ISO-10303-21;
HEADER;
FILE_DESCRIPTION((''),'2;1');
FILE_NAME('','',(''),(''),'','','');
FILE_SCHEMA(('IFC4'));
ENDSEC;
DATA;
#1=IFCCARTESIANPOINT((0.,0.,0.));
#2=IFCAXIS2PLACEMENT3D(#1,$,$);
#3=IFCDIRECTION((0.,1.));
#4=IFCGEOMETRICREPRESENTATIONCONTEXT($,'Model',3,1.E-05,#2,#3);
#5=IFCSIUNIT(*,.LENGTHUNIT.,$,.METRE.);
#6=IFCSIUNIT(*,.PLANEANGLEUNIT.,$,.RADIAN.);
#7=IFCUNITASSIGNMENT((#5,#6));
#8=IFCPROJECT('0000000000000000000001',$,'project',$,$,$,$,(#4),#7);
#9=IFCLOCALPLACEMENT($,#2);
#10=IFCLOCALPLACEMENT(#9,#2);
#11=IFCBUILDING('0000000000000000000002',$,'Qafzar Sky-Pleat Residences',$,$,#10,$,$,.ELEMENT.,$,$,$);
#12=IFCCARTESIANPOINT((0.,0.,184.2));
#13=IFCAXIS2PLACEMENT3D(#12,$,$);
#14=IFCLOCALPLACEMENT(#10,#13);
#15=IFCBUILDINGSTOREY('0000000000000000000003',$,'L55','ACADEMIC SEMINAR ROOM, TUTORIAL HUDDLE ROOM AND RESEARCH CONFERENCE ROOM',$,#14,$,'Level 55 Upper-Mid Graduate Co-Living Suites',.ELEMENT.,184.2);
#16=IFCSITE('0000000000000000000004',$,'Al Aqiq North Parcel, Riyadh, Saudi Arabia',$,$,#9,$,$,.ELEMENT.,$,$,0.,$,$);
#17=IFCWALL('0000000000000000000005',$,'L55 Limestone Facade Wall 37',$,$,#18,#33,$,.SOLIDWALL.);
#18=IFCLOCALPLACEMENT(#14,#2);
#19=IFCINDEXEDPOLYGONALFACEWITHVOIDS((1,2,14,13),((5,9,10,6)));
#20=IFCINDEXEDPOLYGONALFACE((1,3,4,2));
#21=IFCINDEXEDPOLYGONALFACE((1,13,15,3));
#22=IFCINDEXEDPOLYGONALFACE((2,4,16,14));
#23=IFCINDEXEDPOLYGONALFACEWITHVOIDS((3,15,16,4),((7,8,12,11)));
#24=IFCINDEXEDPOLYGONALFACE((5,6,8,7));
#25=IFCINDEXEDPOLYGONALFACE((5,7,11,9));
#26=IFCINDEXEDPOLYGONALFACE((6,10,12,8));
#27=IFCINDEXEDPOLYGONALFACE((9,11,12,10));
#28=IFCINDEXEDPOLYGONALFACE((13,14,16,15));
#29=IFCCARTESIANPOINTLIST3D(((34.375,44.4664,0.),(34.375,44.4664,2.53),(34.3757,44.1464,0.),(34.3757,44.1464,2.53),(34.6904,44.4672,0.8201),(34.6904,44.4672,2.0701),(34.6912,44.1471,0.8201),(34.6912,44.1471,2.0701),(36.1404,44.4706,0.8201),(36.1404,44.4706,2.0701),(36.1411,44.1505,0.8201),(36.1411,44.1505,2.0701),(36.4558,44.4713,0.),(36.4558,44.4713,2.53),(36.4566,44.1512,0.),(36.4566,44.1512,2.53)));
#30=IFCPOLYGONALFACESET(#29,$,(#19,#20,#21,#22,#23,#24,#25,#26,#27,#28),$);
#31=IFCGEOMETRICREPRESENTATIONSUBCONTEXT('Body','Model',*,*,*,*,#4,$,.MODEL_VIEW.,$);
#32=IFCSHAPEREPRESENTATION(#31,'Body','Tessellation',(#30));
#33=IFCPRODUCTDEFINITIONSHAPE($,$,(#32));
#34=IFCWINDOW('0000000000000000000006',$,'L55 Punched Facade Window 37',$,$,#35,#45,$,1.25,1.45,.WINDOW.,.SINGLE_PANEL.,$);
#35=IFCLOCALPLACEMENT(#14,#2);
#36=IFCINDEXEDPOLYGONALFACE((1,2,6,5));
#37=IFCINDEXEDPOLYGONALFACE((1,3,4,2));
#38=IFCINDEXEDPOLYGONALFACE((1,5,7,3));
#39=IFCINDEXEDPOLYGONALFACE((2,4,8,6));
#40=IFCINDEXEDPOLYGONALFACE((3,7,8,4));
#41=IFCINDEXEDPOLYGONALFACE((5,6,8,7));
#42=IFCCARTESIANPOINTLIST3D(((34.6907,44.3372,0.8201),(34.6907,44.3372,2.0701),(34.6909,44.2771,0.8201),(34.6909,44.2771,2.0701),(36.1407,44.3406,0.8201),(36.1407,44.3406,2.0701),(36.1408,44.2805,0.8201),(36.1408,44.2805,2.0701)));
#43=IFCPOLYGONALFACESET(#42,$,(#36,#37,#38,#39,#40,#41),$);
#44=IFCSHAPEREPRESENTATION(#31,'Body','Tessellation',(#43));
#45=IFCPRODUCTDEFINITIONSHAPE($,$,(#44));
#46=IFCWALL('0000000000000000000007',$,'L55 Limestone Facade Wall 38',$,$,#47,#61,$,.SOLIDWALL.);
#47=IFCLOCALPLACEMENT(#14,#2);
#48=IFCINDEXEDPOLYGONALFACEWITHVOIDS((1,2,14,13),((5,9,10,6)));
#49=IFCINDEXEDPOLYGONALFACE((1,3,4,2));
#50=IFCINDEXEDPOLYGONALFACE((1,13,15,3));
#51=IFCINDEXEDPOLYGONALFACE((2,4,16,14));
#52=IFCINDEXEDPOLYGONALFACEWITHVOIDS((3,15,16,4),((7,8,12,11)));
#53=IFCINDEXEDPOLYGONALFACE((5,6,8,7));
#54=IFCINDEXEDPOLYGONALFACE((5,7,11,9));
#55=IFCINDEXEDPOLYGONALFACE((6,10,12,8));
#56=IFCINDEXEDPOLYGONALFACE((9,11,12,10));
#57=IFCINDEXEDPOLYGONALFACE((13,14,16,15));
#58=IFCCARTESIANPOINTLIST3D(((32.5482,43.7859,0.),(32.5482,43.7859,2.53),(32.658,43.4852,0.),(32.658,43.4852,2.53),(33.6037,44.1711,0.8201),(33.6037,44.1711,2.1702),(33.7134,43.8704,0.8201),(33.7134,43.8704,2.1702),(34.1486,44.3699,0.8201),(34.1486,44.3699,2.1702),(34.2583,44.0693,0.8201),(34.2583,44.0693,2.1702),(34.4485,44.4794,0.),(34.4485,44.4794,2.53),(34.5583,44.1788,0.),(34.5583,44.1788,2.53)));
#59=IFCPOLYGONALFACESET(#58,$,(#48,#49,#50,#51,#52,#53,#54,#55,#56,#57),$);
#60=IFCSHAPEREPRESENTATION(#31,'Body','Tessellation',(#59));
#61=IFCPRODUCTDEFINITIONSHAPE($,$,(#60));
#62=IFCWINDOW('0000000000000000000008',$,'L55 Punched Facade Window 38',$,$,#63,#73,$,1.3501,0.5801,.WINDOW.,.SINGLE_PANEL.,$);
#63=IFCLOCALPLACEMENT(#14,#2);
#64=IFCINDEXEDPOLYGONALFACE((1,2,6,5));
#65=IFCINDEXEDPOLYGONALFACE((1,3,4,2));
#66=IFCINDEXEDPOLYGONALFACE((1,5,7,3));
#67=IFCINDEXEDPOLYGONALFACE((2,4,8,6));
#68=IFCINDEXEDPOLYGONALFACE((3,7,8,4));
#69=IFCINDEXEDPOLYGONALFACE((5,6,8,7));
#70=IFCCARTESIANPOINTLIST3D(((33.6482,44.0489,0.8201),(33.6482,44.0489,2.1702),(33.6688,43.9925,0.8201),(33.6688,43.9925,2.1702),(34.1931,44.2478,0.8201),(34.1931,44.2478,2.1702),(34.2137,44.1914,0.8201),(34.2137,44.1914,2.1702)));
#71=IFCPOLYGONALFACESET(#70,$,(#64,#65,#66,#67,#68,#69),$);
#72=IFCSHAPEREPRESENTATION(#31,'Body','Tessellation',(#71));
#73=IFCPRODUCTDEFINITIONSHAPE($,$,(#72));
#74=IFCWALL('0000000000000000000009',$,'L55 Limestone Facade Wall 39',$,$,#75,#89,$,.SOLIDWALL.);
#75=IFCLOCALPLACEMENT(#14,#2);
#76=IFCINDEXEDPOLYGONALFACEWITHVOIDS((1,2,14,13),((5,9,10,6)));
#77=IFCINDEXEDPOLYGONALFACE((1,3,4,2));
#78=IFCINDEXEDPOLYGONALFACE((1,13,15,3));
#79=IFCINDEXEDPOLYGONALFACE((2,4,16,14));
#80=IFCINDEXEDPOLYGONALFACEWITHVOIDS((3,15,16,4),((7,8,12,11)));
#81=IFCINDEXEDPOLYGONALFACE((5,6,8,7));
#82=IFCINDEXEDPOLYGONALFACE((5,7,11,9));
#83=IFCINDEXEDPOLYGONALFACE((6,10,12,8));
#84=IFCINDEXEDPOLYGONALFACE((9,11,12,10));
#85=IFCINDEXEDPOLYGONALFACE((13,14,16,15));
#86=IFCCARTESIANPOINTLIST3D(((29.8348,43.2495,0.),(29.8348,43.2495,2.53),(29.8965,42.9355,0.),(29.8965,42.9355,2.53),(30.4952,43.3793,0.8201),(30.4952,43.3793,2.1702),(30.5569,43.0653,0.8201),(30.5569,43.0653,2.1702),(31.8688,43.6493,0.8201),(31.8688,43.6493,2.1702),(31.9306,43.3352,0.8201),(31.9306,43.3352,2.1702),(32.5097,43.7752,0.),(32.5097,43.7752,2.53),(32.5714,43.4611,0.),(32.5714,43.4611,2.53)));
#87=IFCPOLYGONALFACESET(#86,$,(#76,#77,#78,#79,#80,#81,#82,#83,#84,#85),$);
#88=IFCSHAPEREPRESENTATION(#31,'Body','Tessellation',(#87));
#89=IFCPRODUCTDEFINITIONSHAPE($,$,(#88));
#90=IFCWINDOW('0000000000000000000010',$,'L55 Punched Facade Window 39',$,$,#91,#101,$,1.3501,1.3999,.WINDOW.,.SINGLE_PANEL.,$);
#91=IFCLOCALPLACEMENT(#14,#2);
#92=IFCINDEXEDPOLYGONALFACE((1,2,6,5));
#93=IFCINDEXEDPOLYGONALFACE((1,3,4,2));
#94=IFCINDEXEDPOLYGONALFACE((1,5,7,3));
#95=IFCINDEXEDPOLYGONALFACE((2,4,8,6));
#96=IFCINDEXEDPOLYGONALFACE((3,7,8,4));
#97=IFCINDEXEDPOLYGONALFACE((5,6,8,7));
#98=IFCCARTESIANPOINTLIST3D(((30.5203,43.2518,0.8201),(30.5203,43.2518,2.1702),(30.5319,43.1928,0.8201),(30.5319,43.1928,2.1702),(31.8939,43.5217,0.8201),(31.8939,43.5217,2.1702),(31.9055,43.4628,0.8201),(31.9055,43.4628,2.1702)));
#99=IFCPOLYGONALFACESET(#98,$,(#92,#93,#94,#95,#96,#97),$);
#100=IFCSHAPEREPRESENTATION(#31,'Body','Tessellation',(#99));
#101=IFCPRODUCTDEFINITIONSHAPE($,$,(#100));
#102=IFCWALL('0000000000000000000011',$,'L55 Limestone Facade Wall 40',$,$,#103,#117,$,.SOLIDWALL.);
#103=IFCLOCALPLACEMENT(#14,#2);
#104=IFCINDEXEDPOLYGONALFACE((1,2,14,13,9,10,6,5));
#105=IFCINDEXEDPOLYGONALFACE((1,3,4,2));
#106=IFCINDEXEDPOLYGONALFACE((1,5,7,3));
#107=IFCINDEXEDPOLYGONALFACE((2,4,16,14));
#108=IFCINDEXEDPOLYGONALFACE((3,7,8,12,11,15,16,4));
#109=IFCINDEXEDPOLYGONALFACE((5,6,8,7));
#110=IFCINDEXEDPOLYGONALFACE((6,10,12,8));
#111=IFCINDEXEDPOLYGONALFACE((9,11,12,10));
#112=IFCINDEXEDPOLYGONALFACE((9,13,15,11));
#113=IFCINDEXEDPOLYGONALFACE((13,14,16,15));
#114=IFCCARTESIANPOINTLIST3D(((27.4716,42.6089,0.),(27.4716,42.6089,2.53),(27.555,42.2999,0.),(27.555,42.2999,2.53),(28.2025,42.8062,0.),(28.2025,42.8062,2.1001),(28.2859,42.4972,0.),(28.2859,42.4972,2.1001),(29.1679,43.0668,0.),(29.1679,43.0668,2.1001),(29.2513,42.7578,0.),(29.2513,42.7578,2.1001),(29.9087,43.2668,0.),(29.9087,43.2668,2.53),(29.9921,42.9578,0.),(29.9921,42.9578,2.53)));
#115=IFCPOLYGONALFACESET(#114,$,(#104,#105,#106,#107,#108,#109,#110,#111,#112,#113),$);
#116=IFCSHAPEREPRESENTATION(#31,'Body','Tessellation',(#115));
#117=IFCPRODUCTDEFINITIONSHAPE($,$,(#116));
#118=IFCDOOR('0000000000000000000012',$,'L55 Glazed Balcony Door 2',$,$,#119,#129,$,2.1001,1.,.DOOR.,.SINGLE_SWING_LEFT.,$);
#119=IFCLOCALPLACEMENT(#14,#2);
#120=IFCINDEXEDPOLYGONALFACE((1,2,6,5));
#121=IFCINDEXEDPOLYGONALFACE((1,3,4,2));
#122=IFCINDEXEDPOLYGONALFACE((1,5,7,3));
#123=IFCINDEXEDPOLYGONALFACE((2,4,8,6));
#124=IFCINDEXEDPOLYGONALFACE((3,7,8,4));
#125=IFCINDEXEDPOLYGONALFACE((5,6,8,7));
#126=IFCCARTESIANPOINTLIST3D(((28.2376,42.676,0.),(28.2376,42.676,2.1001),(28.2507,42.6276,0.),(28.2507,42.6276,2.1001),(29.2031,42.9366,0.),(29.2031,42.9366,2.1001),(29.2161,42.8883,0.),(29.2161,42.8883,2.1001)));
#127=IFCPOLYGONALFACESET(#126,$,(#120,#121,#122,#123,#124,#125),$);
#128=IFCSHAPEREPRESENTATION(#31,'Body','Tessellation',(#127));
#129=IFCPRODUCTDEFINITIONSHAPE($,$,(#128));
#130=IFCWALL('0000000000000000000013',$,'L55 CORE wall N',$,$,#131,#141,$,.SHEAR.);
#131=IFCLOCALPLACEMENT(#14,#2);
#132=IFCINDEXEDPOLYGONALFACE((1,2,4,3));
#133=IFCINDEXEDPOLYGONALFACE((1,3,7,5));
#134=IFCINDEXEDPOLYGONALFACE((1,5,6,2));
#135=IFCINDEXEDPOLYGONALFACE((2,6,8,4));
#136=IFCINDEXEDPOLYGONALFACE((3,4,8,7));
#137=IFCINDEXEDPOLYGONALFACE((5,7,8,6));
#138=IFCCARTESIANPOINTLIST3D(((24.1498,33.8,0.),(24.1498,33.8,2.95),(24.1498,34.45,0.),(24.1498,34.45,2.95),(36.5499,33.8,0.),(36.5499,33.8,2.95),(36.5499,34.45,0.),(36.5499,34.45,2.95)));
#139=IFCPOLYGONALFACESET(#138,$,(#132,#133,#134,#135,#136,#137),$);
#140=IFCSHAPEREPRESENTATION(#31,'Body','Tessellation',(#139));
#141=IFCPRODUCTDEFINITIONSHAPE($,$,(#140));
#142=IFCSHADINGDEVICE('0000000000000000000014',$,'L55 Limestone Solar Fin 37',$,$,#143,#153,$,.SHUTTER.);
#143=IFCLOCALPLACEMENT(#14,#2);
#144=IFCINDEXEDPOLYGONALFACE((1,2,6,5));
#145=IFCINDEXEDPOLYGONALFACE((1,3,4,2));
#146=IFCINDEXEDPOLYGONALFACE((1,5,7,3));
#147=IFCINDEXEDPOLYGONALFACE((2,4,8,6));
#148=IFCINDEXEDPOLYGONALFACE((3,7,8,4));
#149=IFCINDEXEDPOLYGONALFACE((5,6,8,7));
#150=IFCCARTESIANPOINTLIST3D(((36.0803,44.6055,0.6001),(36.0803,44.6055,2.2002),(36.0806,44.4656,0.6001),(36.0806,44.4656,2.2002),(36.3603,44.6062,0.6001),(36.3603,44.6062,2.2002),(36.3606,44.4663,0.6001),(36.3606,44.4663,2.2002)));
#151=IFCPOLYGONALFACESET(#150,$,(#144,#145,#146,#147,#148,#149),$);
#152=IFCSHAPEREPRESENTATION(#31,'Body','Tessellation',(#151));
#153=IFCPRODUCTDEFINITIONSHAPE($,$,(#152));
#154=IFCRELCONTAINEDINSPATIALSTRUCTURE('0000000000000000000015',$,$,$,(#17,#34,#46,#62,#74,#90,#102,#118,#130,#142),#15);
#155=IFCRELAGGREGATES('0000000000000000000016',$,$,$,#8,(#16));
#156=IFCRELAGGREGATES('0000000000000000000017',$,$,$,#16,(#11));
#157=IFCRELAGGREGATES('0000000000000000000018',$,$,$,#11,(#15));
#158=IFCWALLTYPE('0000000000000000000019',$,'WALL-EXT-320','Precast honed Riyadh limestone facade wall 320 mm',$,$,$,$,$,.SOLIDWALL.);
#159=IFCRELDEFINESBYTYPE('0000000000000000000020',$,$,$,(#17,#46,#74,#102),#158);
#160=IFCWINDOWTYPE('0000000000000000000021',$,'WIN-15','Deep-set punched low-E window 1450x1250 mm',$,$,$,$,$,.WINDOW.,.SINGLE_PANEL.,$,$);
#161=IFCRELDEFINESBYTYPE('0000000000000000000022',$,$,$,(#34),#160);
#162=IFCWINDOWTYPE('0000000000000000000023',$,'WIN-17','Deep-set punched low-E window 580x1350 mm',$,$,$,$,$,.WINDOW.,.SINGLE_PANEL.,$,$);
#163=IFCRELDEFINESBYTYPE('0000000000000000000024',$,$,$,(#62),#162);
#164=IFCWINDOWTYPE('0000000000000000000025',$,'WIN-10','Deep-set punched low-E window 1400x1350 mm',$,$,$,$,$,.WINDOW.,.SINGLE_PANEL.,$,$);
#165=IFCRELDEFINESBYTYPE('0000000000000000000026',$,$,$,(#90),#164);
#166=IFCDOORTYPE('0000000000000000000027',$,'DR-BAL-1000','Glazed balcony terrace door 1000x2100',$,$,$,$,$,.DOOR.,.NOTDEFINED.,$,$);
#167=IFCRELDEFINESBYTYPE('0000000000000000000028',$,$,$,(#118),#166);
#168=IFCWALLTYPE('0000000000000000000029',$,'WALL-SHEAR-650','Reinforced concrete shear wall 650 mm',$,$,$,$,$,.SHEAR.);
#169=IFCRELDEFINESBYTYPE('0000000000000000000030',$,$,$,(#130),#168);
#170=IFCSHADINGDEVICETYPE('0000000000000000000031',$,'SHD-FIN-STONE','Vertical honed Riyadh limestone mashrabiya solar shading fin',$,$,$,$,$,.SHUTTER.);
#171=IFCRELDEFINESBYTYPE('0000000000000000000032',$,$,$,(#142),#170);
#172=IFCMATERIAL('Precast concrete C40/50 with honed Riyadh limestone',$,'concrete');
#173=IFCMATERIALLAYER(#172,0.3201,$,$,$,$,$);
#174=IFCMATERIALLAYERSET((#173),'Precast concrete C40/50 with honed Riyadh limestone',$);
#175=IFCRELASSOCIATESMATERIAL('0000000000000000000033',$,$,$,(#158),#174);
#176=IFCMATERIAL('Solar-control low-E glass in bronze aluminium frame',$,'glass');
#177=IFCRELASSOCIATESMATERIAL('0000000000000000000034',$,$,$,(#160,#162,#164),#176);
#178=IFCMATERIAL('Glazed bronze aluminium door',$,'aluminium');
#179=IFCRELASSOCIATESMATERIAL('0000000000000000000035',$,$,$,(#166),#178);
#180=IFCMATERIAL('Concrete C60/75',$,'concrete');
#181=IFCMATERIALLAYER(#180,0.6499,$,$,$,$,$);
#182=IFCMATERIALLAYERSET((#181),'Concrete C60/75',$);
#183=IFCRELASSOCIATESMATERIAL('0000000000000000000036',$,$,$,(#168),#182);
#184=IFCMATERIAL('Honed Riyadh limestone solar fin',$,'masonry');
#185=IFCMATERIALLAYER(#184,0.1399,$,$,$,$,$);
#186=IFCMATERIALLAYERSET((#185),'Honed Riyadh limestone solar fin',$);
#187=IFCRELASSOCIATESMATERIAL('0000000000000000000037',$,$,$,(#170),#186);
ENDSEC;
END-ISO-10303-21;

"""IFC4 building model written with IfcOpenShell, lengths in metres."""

from ifc_helpers import new_model, si_unit, direction, frame, frame_2d, origin, origin_2d, place, context, subcontext, project, spatial, rectangle, extrude, source, transform, mapped, material, layer, layer_set, type_object, element, fill, save


model = new_model("IFC4")

# Units and contexts
model_context = context("Model", 3, precision=1e-05, world=origin(), true_north=direction((0.0, 1.0)))
body_context = subcontext(model_context, "Body", "Model", "MODEL_VIEW")
ifc_project = project(units=[si_unit("LENGTHUNIT", "METRE"), si_unit("PLANEANGLEUNIT", "RADIAN")], contexts=[model_context])

# Site, building, storey
site_placement = place(None, origin())
site = spatial("IfcSite", under=ifc_project, at=site_placement, Name="Al Aqiq North Parcel, Riyadh, Saudi Arabia", CompositionType="ELEMENT", RefElevation=0.0)
building_placement = place(site_placement, origin())
building = spatial("IfcBuilding", under=site, at=building_placement, Name="Qafzar Sky-Pleat Residences", CompositionType="ELEMENT")
storey_placement = place(building_placement, frame((0.0, 0.0, 184.2)))
storey = spatial("IfcBuildingStorey", under=building, at=storey_placement, Name="L55", Description="ACADEMIC SEMINAR ROOM, TUTORIAL HUDDLE ROOM AND RESEARCH CONFERENCE ROOM", LongName="Level 55 Upper-Mid Graduate Co-Living Suites", CompositionType="ELEMENT", Elevation=184.2)

# Walls, openings, windows
ifc_material_1 = material(Name="Precast concrete C40/50 with honed Riyadh limestone", Category="concrete")
ifc_layer_1 = layer(ifc_material_1, 0.3201)
ifc_layer_set_1 = layer_set([ifc_layer_1], Name="Precast concrete C40/50 with honed Riyadh limestone")
wall_type_1 = type_object("IfcWallType", Name="WALL-EXT-320", Description="Precast honed Riyadh limestone facade wall 320 mm", PredefinedType="SOLIDWALL", material=ifc_layer_set_1)
wall_1_placement = place(storey_placement, frame((36.4563, 44.3113, 0.0), z_axis=(0.0, 0.0, 1.0), x_axis=(-0.999997, -0.002347, 0.0)))
wall_1 = element("IfcWall", 1, at=wall_1_placement, inside=storey, type_object=wall_type_1, Name="L55 Limestone Facade Wall 37", PredefinedType="SOLIDWALL", context=body_context, shape_type="SweptSolid", body=[
    extrude(rectangle(XDim=2.0808, YDim=0.3201, at=frame_2d((1.0405, 0.0))), origin(), (0.0, 0.0, 1.0), 2.53),
])
opening_1_placement = place(wall_1_placement, frame((0.3154, 0.0, 0.8201)))
opening_1 = element("IfcOpeningElement", 2, at=opening_1_placement, cuts=wall_1, PredefinedType="OPENING", context=body_context, shape_type="SweptSolid", body=[
    extrude(rectangle(XDim=1.45, YDim=1.25, at=frame_2d((0.7251, 0.625))), frame((0.0, 0.1699, 0.0), z_axis=(0.0, -1.0, 0.0), x_axis=(1.0, 0.0, 0.0)), (0.0, 0.0, 1.0), 0.3401),
])
ifc_material_2 = material(Name="Solar-control low-E glass in bronze aluminium frame", Category="glass")
window_type_1 = type_object("IfcWindowType", Name="WIN-15", Description="Deep-set punched low-E window 1450x1250 mm", PartitioningType="SINGLE_PANEL", PredefinedType="WINDOW", material=ifc_material_2)
shared_shape_1 = source(origin(), body_context, "Body", "SweptSolid", [
    extrude(rectangle(XDim=1.45, YDim=1.25, at=frame_2d((0.7251, 0.625))), frame((0.0, 0.03, 0.0), z_axis=(0.0, -1.0, 0.0), x_axis=(1.0, 0.0, 0.0)), (0.0, 0.0, 1.0), 0.0601),
])
window_1_placement = place(opening_1_placement, origin())
window_1 = element("IfcWindow", 3, at=window_1_placement, inside=storey, type_object=window_type_1, Name="L55 Punched Facade Window 37", OverallHeight=1.25, OverallWidth=1.45, PartitioningType="SINGLE_PANEL", PredefinedType="WINDOW", context=body_context, shape_type="MappedRepresentation", body=[
    mapped(shared_shape_1, transform((0.0, 0.0, 0.0), x_axis=(1.0, 0.0, 0.0), y_axis=(0.0, 1.0, 0.0), z_axis=(0.0, 0.0, 1.0), scale=1.0)),
])
fill(opening_1, window_1)
wall_2_placement = place(storey_placement, frame((34.5034, 44.3291, 0.0), z_axis=(0.0, 0.0, 1.0), x_axis=(-0.939388, -0.342857, 0.0)))
wall_2 = element("IfcWall", 4, at=wall_2_placement, inside=storey, type_object=wall_type_1, Name="L55 Limestone Facade Wall 38", PredefinedType="SOLIDWALL", context=body_context, shape_type="SweptSolid", body=[
    extrude(rectangle(XDim=2.0229, YDim=0.3201, at=frame_2d((1.0115, 0.0))), origin(), (0.0, 0.0, 1.0), 2.53),
])
opening_2_placement = place(wall_2_placement, frame((0.3193, 0.0, 0.8201)))
opening_2 = element("IfcOpeningElement", 5, at=opening_2_placement, cuts=wall_2, PredefinedType="OPENING", context=body_context, shape_type="SweptSolid", body=[
    extrude(rectangle(XDim=0.5801, YDim=1.3501, at=frame_2d((0.29, 0.675))), frame((0.0, 0.1699, 0.0), z_axis=(0.0, -1.0, 0.0), x_axis=(1.0, 0.0, 0.0)), (0.0, 0.0, 1.0), 0.3401),
])
window_type_2 = type_object("IfcWindowType", Name="WIN-17", Description="Deep-set punched low-E window 580x1350 mm", PartitioningType="SINGLE_PANEL", PredefinedType="WINDOW", material=ifc_material_2)
shared_shape_2 = source(origin(), body_context, "Body", "SweptSolid", [
    extrude(rectangle(XDim=0.5801, YDim=1.3501, at=frame_2d((0.29, 0.675))), frame((0.0, 0.03, 0.0), z_axis=(0.0, -1.0, 0.0), x_axis=(1.0, 0.0, 0.0)), (0.0, 0.0, 1.0), 0.0601),
])
window_2_placement = place(opening_2_placement, origin())
window_2 = element("IfcWindow", 6, at=window_2_placement, inside=storey, type_object=window_type_2, Name="L55 Punched Facade Window 38", OverallHeight=1.3501, OverallWidth=0.5801, PartitioningType="SINGLE_PANEL", PredefinedType="WINDOW", context=body_context, shape_type="MappedRepresentation", body=[
    mapped(shared_shape_2, transform((0.0, 0.0, 0.0), x_axis=(1.0, 0.0, 0.0), y_axis=(0.0, 1.0, 0.0), z_axis=(0.0, 0.0, 1.0), scale=1.0)),
])
fill(opening_2, window_2)
wall_3_placement = place(storey_placement, frame((32.5405, 43.6182, 0.0), z_axis=(0.0, 0.0, 1.0), x_axis=(-0.981233, -0.192825, 0.0)))
wall_3 = element("IfcWall", 7, at=wall_3_placement, inside=storey, type_object=wall_type_1, Name="L55 Limestone Facade Wall 39", PredefinedType="SOLIDWALL", context=body_context, shape_type="SweptSolid", body=[
    extrude(rectangle(XDim=2.7261, YDim=0.3201, at=frame_2d((1.363, 0.0))), origin(), (0.0, 0.0, 1.0), 2.53),
])
opening_3_placement = place(wall_3_placement, frame((0.6531, 0.0, 0.8201)))
opening_3 = element("IfcOpeningElement", 8, at=opening_3_placement, cuts=wall_3, PredefinedType="OPENING", context=body_context, shape_type="SweptSolid", body=[
    extrude(rectangle(XDim=1.3999, YDim=1.3501, at=frame_2d((0.7, 0.675))), frame((0.0, 0.1699, 0.0), z_axis=(0.0, -1.0, 0.0), x_axis=(1.0, 0.0, 0.0)), (0.0, 0.0, 1.0), 0.3401),
])
window_type_3 = type_object("IfcWindowType", Name="WIN-10", Description="Deep-set punched low-E window 1400x1350 mm", PartitioningType="SINGLE_PANEL", PredefinedType="WINDOW", material=ifc_material_2)
shared_shape_3 = source(origin(), body_context, "Body", "SweptSolid", [
    extrude(rectangle(XDim=1.3999, YDim=1.3501, at=frame_2d((0.7, 0.675))), frame((0.0, 0.03, 0.0), z_axis=(0.0, -1.0, 0.0), x_axis=(1.0, 0.0, 0.0)), (0.0, 0.0, 1.0), 0.0601),
])
window_3_placement = place(opening_3_placement, origin())
window_3 = element("IfcWindow", 9, at=window_3_placement, inside=storey, type_object=window_type_3, Name="L55 Punched Facade Window 39", OverallHeight=1.3501, OverallWidth=1.3999, PartitioningType="SINGLE_PANEL", PredefinedType="WINDOW", context=body_context, shape_type="MappedRepresentation", body=[
    mapped(shared_shape_3, transform((0.0, 0.0, 0.0), x_axis=(1.0, 0.0, 0.0), y_axis=(0.0, 1.0, 0.0), z_axis=(0.0, 0.0, 1.0), scale=1.0)),
])
fill(opening_3, window_3)

# Wall, opening, door
wall_4_placement = place(storey_placement, frame((29.9504, 43.1123, 0.0), z_axis=(0.0, 0.0, 1.0), x_axis=(-0.965439, -0.260629, 0.0)))
wall_4 = element("IfcWall", 10, at=wall_4_placement, inside=storey, type_object=wall_type_1, Name="L55 Limestone Facade Wall 40", PredefinedType="SOLIDWALL", context=body_context, shape_type="SweptSolid", body=[
    extrude(rectangle(XDim=2.5244, YDim=0.3201, at=frame_2d((1.2622, 0.0))), origin(), (0.0, 0.0, 1.0), 2.53),
])
opening_4_placement = place(wall_4_placement, frame((0.7673, 0.0, 0.0)))
opening_4 = element("IfcOpeningElement", 11, at=opening_4_placement, cuts=wall_4, PredefinedType="OPENING", context=body_context, shape_type="SweptSolid", body=[
    extrude(rectangle(XDim=1.0, YDim=2.1001, at=frame_2d((0.5, 1.05))), frame((0.0, 0.1699, 0.0), z_axis=(0.0, -1.0, 0.0), x_axis=(1.0, 0.0, 0.0)), (0.0, 0.0, 1.0), 0.3401),
])
ifc_material_3 = material(Name="Glazed bronze aluminium door", Category="aluminium")
door_type_1 = type_object("IfcDoorType", Name="DR-BAL-1000", Description="Glazed balcony terrace door 1000x2100", OperationType="NOTDEFINED", PredefinedType="DOOR", material=ifc_material_3)
shared_shape_4 = source(origin(), body_context, "Body", "SweptSolid", [
    extrude(rectangle(XDim=1.0, YDim=2.1001, at=frame_2d((0.5, 1.05))), frame((0.0, 0.0249, 0.0), z_axis=(0.0, -1.0, 0.0), x_axis=(1.0, 0.0, 0.0)), (0.0, 0.0, 1.0), 0.05),
])
door_1_placement = place(opening_4_placement, origin())
door_1 = element("IfcDoor", 12, at=door_1_placement, inside=storey, type_object=door_type_1, Name="L55 Glazed Balcony Door 2", OperationType="SINGLE_SWING_LEFT", OverallHeight=2.1001, OverallWidth=1.0, PredefinedType="DOOR", context=body_context, shape_type="MappedRepresentation", body=[
    mapped(shared_shape_4, transform((0.0, 0.0, 0.0), x_axis=(1.0, 0.0, 0.0), y_axis=(0.0, 1.0, 0.0), z_axis=(0.0, 0.0, 1.0), scale=1.0)),
])
fill(opening_4, door_1)

# Wall
ifc_material_4 = material(Name="Concrete C60/75", Category="concrete")
ifc_layer_2 = layer(ifc_material_4, 0.6499)
ifc_layer_set_2 = layer_set([ifc_layer_2], Name="Concrete C60/75")
wall_type_2 = type_object("IfcWallType", Name="WALL-SHEAR-650", Description="Reinforced concrete shear wall 650 mm", PredefinedType="SHEAR", material=ifc_layer_set_2)
wall_5_placement = place(storey_placement, frame((36.55, 34.125, 0.0), z_axis=(0.0, 0.0, 1.0), x_axis=(-1.0, 0.0, 0.0)))
element("IfcWall", 13, at=wall_5_placement, inside=storey, type_object=wall_type_2, Name="L55 CORE wall N", PredefinedType="SHEAR", context=body_context, shape_type="SweptSolid", body=[
    extrude(rectangle(XDim=12.4001, YDim=0.6499, at=frame_2d((6.2002, 0.0))), origin(), (0.0, 0.0, 1.0), 2.95),
])

# Shading device
ifc_material_5 = material(Name="Honed Riyadh limestone solar fin", Category="masonry")
ifc_layer_3 = layer(ifc_material_5, 0.1399)
ifc_layer_set_3 = layer_set([ifc_layer_3], Name="Honed Riyadh limestone solar fin")
shading_device_type = type_object("IfcShadingDeviceType", Name="SHD-FIN-STONE", Description="Vertical honed Riyadh limestone mashrabiya solar shading fin", PredefinedType="SHUTTER", material=ifc_layer_set_3)
shared_shape_5 = source(origin(), body_context, "Body", "SweptSolid", [
    extrude(rectangle(XDim=0.1399, YDim=0.28, at=origin_2d()), origin(), (0.0, 0.0, 1.0), 1.6001),
])
shading_device_placement = place(storey_placement, frame((36.2205, 44.5359, 0.6001), z_axis=(0.0, 0.0, 1.0), x_axis=(-0.002444, 0.999997, 0.0)))
element("IfcShadingDevice", 14, at=shading_device_placement, inside=storey, type_object=shading_device_type, Name="L55 Limestone Solar Fin 37", PredefinedType="SHUTTER", context=body_context, shape_type="MappedRepresentation", body=[
    mapped(shared_shape_5, transform((0.0, 0.0, 0.0), x_axis=(1.0, 0.0, 0.0), y_axis=(0.0, 1.0, 0.0), z_axis=(0.0, 0.0, 1.0), scale=1.0)),
])

save(model, "model.ifc")
